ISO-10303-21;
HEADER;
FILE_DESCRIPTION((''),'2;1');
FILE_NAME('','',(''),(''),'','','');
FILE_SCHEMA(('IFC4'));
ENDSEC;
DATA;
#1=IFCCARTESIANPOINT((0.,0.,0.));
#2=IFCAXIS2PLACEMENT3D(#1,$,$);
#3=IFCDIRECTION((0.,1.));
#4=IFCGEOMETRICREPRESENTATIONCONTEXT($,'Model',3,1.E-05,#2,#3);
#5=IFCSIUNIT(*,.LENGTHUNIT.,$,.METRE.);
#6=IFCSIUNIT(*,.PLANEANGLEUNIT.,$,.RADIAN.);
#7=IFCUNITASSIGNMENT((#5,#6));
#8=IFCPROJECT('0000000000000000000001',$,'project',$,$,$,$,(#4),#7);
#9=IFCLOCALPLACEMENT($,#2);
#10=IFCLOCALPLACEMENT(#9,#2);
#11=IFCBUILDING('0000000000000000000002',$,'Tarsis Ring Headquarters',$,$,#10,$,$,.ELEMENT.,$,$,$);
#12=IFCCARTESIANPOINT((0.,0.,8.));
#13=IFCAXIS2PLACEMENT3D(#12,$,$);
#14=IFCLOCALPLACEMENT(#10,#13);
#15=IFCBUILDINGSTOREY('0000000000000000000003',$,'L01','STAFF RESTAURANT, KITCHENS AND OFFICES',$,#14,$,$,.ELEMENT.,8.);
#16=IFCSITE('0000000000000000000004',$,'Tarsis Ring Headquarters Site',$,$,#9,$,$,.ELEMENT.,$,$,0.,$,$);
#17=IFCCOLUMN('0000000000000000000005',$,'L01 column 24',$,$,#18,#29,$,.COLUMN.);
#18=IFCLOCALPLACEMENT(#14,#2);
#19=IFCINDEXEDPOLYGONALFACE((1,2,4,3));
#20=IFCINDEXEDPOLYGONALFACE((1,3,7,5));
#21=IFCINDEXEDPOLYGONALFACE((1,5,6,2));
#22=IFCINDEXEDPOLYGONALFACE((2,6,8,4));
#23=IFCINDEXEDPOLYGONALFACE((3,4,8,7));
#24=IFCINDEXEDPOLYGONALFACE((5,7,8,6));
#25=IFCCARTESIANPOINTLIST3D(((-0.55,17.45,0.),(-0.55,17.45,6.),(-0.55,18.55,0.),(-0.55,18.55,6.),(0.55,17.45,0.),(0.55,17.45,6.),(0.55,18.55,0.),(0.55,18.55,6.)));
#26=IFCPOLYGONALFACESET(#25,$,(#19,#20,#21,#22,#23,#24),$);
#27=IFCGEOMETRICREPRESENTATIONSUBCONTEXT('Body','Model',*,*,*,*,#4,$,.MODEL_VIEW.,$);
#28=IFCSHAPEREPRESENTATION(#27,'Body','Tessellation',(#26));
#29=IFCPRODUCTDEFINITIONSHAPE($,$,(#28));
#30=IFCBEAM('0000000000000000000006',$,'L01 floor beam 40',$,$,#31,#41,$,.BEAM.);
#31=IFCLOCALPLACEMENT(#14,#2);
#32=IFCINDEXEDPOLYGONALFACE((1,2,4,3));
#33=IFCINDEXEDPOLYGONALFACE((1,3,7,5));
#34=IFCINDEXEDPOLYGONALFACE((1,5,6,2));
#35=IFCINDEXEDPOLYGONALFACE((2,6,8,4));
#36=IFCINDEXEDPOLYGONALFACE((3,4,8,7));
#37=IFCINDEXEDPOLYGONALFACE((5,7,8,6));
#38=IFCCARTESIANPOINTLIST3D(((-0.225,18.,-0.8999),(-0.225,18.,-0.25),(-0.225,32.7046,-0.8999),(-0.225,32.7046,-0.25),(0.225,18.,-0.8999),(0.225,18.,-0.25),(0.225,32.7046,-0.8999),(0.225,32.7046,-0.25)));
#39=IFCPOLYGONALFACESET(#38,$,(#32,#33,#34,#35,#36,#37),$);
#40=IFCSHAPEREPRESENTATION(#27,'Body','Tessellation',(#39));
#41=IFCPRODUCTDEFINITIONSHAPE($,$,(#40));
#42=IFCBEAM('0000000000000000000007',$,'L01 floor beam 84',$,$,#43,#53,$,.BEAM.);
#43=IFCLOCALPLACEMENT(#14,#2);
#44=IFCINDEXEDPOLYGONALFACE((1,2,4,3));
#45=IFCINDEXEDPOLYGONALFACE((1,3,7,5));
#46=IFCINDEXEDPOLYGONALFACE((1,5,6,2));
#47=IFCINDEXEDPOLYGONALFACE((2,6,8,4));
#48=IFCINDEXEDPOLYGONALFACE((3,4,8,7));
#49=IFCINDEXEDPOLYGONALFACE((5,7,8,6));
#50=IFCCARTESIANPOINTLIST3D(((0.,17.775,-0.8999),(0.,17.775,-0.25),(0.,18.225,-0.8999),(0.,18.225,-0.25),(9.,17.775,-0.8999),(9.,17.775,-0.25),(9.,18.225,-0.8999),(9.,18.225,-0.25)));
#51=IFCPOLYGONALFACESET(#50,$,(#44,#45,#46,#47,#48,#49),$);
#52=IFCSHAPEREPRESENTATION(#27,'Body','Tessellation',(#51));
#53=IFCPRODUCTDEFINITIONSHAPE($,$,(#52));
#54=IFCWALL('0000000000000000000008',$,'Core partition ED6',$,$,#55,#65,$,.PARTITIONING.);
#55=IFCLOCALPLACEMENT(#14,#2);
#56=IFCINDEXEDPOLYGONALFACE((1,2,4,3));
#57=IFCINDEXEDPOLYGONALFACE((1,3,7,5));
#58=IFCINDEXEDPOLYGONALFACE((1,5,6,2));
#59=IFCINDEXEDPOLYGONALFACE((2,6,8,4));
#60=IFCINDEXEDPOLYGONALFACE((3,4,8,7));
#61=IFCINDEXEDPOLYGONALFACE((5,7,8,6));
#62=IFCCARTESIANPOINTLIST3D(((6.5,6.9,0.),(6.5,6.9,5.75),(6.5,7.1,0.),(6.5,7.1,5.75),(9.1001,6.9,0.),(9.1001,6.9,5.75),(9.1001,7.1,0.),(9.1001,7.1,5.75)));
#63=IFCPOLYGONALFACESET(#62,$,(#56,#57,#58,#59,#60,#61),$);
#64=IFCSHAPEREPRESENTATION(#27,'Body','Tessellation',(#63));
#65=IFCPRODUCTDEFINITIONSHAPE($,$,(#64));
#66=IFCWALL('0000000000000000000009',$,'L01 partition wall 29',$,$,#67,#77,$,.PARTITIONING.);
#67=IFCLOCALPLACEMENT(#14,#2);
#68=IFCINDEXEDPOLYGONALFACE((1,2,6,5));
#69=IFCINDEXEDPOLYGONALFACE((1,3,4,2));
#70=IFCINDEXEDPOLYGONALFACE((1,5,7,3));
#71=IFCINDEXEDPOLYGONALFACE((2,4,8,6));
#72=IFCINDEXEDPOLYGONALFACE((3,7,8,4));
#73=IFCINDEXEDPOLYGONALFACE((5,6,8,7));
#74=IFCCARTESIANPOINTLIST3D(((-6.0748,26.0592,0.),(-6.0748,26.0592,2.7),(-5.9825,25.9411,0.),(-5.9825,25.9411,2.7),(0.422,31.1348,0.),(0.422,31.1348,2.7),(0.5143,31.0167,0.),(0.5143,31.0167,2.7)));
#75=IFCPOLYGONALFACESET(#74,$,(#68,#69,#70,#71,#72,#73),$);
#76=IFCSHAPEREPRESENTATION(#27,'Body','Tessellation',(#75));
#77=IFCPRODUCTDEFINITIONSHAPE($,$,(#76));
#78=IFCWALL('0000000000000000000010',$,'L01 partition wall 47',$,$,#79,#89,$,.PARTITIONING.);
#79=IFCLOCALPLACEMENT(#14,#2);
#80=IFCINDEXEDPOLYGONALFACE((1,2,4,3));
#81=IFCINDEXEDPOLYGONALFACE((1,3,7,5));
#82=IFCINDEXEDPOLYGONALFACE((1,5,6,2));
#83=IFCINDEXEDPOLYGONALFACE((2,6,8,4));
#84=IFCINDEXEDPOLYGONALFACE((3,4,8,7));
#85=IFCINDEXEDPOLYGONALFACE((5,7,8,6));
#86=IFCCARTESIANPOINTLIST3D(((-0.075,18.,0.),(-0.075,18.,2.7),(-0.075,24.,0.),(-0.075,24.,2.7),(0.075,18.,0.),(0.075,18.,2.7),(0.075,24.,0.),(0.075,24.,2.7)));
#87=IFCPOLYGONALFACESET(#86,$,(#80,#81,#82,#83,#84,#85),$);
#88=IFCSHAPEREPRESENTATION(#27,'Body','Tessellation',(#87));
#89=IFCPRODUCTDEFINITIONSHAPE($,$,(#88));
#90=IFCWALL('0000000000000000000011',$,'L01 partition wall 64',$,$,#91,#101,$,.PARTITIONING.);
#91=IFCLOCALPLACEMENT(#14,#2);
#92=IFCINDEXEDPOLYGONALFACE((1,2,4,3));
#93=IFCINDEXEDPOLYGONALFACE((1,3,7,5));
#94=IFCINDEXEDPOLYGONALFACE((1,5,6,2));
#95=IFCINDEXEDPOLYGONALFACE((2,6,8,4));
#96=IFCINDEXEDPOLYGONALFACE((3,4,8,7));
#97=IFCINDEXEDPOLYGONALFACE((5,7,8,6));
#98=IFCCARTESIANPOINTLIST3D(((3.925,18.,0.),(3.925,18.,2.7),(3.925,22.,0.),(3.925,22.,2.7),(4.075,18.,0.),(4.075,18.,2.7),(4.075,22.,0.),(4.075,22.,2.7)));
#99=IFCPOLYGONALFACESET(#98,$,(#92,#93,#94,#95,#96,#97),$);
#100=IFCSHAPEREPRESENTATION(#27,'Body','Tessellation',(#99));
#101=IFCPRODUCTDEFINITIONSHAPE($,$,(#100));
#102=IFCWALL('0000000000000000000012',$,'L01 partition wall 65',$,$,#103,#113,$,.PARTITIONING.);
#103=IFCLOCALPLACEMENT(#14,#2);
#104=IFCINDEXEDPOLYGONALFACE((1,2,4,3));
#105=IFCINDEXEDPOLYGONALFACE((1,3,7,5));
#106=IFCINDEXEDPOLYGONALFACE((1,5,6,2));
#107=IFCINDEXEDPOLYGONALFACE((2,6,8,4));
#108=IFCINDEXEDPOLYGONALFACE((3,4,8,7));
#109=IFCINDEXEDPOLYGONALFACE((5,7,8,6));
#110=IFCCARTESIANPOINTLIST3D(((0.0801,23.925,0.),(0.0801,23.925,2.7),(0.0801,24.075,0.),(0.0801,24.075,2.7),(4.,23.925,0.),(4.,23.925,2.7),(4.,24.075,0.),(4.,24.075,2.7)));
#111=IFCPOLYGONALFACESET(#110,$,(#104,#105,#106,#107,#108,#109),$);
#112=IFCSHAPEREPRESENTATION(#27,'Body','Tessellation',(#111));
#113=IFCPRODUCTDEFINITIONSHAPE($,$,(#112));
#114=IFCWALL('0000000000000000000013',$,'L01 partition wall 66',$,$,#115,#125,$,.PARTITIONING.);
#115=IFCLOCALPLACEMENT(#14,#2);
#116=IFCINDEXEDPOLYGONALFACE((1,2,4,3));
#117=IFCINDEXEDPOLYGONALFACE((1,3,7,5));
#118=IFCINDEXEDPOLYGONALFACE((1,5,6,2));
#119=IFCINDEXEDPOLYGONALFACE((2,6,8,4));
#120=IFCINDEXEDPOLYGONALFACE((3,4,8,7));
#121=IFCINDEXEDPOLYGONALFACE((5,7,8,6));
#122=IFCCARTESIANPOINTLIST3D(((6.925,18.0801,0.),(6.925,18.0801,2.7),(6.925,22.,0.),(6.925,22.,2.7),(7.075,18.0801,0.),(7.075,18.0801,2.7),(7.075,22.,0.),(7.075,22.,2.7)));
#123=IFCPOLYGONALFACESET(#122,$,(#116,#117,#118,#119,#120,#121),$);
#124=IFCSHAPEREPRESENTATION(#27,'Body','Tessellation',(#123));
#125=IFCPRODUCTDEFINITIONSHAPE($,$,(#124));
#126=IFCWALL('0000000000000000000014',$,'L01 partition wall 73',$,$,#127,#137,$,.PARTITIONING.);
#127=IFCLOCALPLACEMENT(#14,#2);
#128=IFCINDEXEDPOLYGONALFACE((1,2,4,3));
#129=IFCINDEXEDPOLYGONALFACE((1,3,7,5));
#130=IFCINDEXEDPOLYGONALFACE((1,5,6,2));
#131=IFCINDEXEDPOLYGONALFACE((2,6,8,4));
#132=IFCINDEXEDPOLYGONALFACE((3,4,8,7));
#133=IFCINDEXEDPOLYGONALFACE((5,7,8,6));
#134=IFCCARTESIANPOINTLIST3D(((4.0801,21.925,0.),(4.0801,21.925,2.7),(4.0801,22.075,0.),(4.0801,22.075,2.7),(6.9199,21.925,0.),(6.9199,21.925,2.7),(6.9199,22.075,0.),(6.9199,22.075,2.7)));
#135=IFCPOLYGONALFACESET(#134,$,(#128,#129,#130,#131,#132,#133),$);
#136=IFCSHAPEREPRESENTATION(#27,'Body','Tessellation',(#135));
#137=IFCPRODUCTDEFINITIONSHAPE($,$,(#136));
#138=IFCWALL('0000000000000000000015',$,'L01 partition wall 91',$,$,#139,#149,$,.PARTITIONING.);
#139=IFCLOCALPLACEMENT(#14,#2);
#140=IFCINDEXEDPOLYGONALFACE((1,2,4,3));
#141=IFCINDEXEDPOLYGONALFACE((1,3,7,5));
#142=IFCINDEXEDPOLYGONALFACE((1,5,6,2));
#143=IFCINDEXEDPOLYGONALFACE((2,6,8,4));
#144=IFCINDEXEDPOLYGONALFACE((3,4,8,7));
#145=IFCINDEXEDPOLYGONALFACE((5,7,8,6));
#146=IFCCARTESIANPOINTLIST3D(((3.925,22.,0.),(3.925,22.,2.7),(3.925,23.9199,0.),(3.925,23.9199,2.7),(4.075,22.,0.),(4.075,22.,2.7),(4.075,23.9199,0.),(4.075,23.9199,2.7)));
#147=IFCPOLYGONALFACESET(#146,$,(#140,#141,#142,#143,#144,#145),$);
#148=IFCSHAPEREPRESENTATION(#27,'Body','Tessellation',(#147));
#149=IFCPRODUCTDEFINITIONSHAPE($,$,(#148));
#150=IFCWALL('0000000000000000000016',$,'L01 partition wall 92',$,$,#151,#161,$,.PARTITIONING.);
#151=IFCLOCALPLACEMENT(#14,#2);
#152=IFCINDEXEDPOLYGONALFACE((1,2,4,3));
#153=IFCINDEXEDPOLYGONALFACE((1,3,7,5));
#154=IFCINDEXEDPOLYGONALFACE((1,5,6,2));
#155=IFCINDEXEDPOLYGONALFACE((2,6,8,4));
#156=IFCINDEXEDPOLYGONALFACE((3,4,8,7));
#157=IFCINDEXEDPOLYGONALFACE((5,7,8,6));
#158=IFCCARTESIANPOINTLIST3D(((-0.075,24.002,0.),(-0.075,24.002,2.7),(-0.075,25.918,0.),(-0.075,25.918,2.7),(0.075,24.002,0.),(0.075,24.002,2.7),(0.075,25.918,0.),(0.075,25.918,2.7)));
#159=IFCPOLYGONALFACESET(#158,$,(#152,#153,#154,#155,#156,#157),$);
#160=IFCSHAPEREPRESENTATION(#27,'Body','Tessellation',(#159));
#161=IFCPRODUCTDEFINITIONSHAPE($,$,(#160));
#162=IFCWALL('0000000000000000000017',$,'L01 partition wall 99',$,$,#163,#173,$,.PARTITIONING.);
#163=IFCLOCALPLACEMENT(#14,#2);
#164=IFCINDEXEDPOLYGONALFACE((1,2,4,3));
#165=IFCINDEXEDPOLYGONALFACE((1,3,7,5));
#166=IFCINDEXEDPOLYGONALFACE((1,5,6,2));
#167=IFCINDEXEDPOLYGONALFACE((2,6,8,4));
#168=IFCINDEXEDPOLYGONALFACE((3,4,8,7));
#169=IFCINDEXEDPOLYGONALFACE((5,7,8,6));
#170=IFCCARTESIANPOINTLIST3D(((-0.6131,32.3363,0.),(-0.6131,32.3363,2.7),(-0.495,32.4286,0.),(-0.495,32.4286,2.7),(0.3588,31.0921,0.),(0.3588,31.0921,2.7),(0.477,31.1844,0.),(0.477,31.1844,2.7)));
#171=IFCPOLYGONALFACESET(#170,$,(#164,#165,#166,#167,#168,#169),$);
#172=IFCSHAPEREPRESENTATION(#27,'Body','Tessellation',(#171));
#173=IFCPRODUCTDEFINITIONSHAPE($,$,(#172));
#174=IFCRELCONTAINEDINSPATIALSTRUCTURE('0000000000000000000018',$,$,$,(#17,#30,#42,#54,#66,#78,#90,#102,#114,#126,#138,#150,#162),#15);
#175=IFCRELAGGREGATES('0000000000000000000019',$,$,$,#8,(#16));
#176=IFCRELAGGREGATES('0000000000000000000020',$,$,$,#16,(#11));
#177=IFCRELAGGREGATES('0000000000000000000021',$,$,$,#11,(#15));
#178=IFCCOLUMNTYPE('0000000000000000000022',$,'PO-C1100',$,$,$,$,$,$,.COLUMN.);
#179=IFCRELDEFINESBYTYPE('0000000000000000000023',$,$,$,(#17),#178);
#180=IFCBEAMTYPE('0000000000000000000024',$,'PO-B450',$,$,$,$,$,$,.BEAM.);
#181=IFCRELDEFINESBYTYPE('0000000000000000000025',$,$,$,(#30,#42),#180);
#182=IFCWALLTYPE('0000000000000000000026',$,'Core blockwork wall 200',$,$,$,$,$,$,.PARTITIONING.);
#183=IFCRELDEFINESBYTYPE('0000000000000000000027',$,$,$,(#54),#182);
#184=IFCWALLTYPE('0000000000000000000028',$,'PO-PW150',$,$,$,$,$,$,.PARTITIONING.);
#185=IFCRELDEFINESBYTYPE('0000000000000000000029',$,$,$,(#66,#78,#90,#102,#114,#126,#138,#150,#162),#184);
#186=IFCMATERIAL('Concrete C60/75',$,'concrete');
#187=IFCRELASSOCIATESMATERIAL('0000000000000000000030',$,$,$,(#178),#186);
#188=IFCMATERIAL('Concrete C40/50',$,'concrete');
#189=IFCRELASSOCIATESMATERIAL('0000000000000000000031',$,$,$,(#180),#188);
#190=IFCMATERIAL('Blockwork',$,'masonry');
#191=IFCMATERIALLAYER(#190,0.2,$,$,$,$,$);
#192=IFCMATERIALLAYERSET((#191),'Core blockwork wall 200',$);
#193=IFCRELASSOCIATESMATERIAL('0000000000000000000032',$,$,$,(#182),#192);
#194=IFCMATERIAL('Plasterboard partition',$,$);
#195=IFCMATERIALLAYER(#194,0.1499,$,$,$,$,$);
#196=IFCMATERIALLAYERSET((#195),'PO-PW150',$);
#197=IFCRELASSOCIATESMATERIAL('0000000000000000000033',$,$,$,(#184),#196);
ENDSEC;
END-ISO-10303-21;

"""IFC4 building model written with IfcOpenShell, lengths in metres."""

from ifc_helpers import new_model, si_unit, direction, frame, frame_2d, origin, origin_2d, place, context, subcontext, project, spatial, rectangle, extrude, material, layer, layer_set, material_profile, profile_set, type_object, element, save


model = new_model("IFC4")

# Units and contexts
model_context = context("Model", 3, precision=1e-05, world=origin(), true_north=direction((0.0, 1.0)))
body_context = subcontext(model_context, "Body", "Model", "MODEL_VIEW")
ifc_project = project(units=[si_unit("LENGTHUNIT", "METRE"), si_unit("PLANEANGLEUNIT", "RADIAN")], contexts=[model_context])

# Site, building, storey
site_placement = place(None, origin())
site = spatial("IfcSite", under=ifc_project, at=site_placement, Name="Tarsis Ring Headquarters Site", CompositionType="ELEMENT", RefElevation=0.0)
building_placement = place(site_placement, origin())
building = spatial("IfcBuilding", under=site, at=building_placement, Name="Tarsis Ring Headquarters", CompositionType="ELEMENT")
storey_placement = place(building_placement, frame((0.0, 0.0, 8.0)))
storey = spatial("IfcBuildingStorey", under=building, at=storey_placement, Name="L01", Description="STAFF RESTAURANT, KITCHENS AND OFFICES", CompositionType="ELEMENT", Elevation=8.0)

# Column
ifc_material_1 = material(Name="Concrete C60/75", Category="concrete")
ifc_material_profile_1 = material_profile(ifc_material_1, rectangle(XDim=1.1001, YDim=1.1001, at=origin_2d()), Name="PO-C1100")
ifc_profile_set_1 = profile_set([ifc_material_profile_1], Name="Concrete C60/75")
column_type = type_object("IfcColumnType", Name="PO-C1100", PredefinedType="COLUMN", material=ifc_profile_set_1)
column_placement = place(storey_placement, frame((0.0, 18.0, 0.0), z_axis=(0.0, 0.0, 1.0), x_axis=(1.0, 0.0, 0.0)))
element("IfcColumn", 1, at=column_placement, inside=storey, type_object=column_type, Name="L01 column 24", PredefinedType="COLUMN", context=body_context, shape_type="SweptSolid", body=[
    extrude(rectangle(XDim=1.1001, YDim=1.1001, at=origin_2d()), origin(), (0.0, 0.0, 1.0), 6.0),
])

# Beams
ifc_material_2 = material(Name="Concrete C40/50", Category="concrete")
ifc_material_profile_2 = material_profile(ifc_material_2, rectangle(XDim=0.45, YDim=0.6499, at=origin_2d()), Name="PO-B450")
ifc_profile_set_2 = profile_set([ifc_material_profile_2], Name="Concrete C40/50")
beam_type = type_object("IfcBeamType", Name="PO-B450", PredefinedType="BEAM", material=ifc_profile_set_2)
beam_1_placement = place(storey_placement, frame((0.0, 18.0, -0.575), z_axis=(0.0, 1.0, 0.0), x_axis=(-1.0, 0.0, 0.0)))
element("IfcBeam", 2, at=beam_1_placement, inside=storey, type_object=beam_type, Name="L01 floor beam 40", PredefinedType="BEAM", context=body_context, shape_type="SweptSolid", body=[
    extrude(rectangle(XDim=0.45, YDim=0.6499, at=origin_2d()), origin(), (0.0, 0.0, 1.0), 14.7046),
])
beam_2_placement = place(storey_placement, frame((0.0, 18.0, -0.575), z_axis=(1.0, 0.0, 0.0), x_axis=(0.0, 1.0, 0.0)))
element("IfcBeam", 3, at=beam_2_placement, inside=storey, type_object=beam_type, Name="L01 floor beam 84", PredefinedType="BEAM", context=body_context, shape_type="SweptSolid", body=[
    extrude(rectangle(XDim=0.45, YDim=0.6499, at=origin_2d()), origin(), (0.0, 0.0, 1.0), 9.0),
])

# Walls
ifc_material_3 = material(Name="Blockwork", Category="masonry")
ifc_layer_1 = layer(ifc_material_3, 0.2)
ifc_layer_set_1 = layer_set([ifc_layer_1], Name="Core blockwork wall 200")
wall_type_1 = type_object("IfcWallType", Name="Core blockwork wall 200", PredefinedType="PARTITIONING", material=ifc_layer_set_1)
wall_1_placement = place(storey_placement, frame((6.5, 7.0, 0.0), z_axis=(0.0, 0.0, 1.0), x_axis=(1.0, 0.0, 0.0)))
element("IfcWall", 4, at=wall_1_placement, inside=storey, type_object=wall_type_1, Name="Core partition ED6", PredefinedType="PARTITIONING", context=body_context, shape_type="SweptSolid", body=[
    extrude(rectangle(XDim=2.6001, YDim=0.2, at=frame_2d((1.3, 0.0))), origin(), (0.0, 0.0, 1.0), 5.75),
])
ifc_material_4 = material(Name="Plasterboard partition")
ifc_layer_2 = layer(ifc_material_4, 0.1499)
ifc_layer_set_2 = layer_set([ifc_layer_2], Name="PO-PW150")
wall_type_2 = type_object("IfcWallType", Name="PO-PW150", PredefinedType="PARTITIONING", material=ifc_layer_set_2)
wall_2_placement = place(storey_placement, frame((0.468, 31.0757, 0.0), z_axis=(0.0, 0.0, 1.0), x_axis=(-0.788022, -0.615647, 0.0)))
element("IfcWall", 5, at=wall_2_placement, inside=storey, type_object=wall_type_2, Name="L01 partition wall 29", PredefinedType="PARTITIONING", context=body_context, shape_type="SweptSolid", body=[
    extrude(rectangle(XDim=8.2444, YDim=0.1499, at=frame_2d((4.1221, 0.0))), origin(), (0.0, 0.0, 1.0), 2.7),
])
wall_3_placement = place(storey_placement, frame((0.0, 18.0, 0.0), z_axis=(0.0, 0.0, 1.0), x_axis=(0.0, 1.0, 0.0)))
element("IfcWall", 6, at=wall_3_placement, inside=storey, type_object=wall_type_2, Name="L01 partition wall 47", PredefinedType="PARTITIONING", context=body_context, shape_type="SweptSolid", body=[
    extrude(rectangle(XDim=6.0, YDim=0.1499, at=frame_2d((3.0, 0.0))), origin(), (0.0, 0.0, 1.0), 2.7),
])
wall_4_placement = place(storey_placement, frame((4.0, 18.0, 0.0), z_axis=(0.0, 0.0, 1.0), x_axis=(0.0, 1.0, 0.0)))
element("IfcWall", 7, at=wall_4_placement, inside=storey, type_object=wall_type_2, Name="L01 partition wall 64", PredefinedType="PARTITIONING", context=body_context, shape_type="SweptSolid", body=[
    extrude(rectangle(XDim=4.0, YDim=0.1499, at=frame_2d((2.0, 0.0))), origin(), (0.0, 0.0, 1.0), 2.7),
])
for number, where, z_axis, x_axis, name in (
    (8, (4.0, 24.0, 0.0), (0.0, 0.0, 1.0), (-1.0, 0.0, 0.0), "L01 partition wall 65"),
    (9, (7.0, 18.0801, 0.0), (0.0, 0.0, 1.0), (0.0, 1.0, 0.0), "L01 partition wall 66"),
):
    element("IfcWall", number, at=place(storey_placement, frame(where, z_axis=z_axis, x_axis=x_axis)), inside=storey, type_object=wall_type_2, Name=name, PredefinedType="PARTITIONING", context=body_context, shape_type="SweptSolid", body=[
        extrude(rectangle(XDim=3.9199, YDim=0.1499, at=frame_2d((1.96, 0.0))), origin(), (0.0, 0.0, 1.0), 2.7),
    ])
wall_5_placement = place(storey_placement, frame((6.9199, 22.0, 0.0), z_axis=(0.0, 0.0, 1.0), x_axis=(-1.0, 0.0, 0.0)))
element("IfcWall", 10, at=wall_5_placement, inside=storey, type_object=wall_type_2, Name="L01 partition wall 73", PredefinedType="PARTITIONING", context=body_context, shape_type="SweptSolid", body=[
    extrude(rectangle(XDim=2.8398, YDim=0.1499, at=frame_2d((1.4199, 0.0))), origin(), (0.0, 0.0, 1.0), 2.7),
])
wall_6_placement = place(storey_placement, frame((4.0, 22.0, 0.0), z_axis=(0.0, 0.0, 1.0), x_axis=(0.0, 1.0, 0.0)))
element("IfcWall", 11, at=wall_6_placement, inside=storey, type_object=wall_type_2, Name="L01 partition wall 91", PredefinedType="PARTITIONING", context=body_context, shape_type="SweptSolid", body=[
    extrude(rectangle(XDim=1.9199, YDim=0.1499, at=frame_2d((0.96, 0.0))), origin(), (0.0, 0.0, 1.0), 2.7),
])
wall_7_placement = place(storey_placement, frame((0.0, 24.002, 0.0), z_axis=(0.0, 0.0, 1.0), x_axis=(0.0, 1.0, 0.0)))
element("IfcWall", 12, at=wall_7_placement, inside=storey, type_object=wall_type_2, Name="L01 partition wall 92", PredefinedType="PARTITIONING", context=body_context, shape_type="SweptSolid", body=[
    extrude(rectangle(XDim=1.916, YDim=0.1499, at=frame_2d((0.958, 0.0))), origin(), (0.0, 0.0, 1.0), 2.7),
])
wall_8_placement = place(storey_placement, frame((0.418, 31.1382, 0.0), z_axis=(0.0, 0.0, 1.0), x_axis=(-0.61562, 0.788043, 0.0)))
element("IfcWall", 13, at=wall_8_placement, inside=storey, type_object=wall_type_2, Name="L01 partition wall 99", PredefinedType="PARTITIONING", context=body_context, shape_type="SweptSolid", body=[
    extrude(rectangle(XDim=1.5789, YDim=0.1499, at=frame_2d((0.7896, 0.0))), origin(), (0.0, 0.0, 1.0), 2.7),
])

save(model, "model.ifc")
